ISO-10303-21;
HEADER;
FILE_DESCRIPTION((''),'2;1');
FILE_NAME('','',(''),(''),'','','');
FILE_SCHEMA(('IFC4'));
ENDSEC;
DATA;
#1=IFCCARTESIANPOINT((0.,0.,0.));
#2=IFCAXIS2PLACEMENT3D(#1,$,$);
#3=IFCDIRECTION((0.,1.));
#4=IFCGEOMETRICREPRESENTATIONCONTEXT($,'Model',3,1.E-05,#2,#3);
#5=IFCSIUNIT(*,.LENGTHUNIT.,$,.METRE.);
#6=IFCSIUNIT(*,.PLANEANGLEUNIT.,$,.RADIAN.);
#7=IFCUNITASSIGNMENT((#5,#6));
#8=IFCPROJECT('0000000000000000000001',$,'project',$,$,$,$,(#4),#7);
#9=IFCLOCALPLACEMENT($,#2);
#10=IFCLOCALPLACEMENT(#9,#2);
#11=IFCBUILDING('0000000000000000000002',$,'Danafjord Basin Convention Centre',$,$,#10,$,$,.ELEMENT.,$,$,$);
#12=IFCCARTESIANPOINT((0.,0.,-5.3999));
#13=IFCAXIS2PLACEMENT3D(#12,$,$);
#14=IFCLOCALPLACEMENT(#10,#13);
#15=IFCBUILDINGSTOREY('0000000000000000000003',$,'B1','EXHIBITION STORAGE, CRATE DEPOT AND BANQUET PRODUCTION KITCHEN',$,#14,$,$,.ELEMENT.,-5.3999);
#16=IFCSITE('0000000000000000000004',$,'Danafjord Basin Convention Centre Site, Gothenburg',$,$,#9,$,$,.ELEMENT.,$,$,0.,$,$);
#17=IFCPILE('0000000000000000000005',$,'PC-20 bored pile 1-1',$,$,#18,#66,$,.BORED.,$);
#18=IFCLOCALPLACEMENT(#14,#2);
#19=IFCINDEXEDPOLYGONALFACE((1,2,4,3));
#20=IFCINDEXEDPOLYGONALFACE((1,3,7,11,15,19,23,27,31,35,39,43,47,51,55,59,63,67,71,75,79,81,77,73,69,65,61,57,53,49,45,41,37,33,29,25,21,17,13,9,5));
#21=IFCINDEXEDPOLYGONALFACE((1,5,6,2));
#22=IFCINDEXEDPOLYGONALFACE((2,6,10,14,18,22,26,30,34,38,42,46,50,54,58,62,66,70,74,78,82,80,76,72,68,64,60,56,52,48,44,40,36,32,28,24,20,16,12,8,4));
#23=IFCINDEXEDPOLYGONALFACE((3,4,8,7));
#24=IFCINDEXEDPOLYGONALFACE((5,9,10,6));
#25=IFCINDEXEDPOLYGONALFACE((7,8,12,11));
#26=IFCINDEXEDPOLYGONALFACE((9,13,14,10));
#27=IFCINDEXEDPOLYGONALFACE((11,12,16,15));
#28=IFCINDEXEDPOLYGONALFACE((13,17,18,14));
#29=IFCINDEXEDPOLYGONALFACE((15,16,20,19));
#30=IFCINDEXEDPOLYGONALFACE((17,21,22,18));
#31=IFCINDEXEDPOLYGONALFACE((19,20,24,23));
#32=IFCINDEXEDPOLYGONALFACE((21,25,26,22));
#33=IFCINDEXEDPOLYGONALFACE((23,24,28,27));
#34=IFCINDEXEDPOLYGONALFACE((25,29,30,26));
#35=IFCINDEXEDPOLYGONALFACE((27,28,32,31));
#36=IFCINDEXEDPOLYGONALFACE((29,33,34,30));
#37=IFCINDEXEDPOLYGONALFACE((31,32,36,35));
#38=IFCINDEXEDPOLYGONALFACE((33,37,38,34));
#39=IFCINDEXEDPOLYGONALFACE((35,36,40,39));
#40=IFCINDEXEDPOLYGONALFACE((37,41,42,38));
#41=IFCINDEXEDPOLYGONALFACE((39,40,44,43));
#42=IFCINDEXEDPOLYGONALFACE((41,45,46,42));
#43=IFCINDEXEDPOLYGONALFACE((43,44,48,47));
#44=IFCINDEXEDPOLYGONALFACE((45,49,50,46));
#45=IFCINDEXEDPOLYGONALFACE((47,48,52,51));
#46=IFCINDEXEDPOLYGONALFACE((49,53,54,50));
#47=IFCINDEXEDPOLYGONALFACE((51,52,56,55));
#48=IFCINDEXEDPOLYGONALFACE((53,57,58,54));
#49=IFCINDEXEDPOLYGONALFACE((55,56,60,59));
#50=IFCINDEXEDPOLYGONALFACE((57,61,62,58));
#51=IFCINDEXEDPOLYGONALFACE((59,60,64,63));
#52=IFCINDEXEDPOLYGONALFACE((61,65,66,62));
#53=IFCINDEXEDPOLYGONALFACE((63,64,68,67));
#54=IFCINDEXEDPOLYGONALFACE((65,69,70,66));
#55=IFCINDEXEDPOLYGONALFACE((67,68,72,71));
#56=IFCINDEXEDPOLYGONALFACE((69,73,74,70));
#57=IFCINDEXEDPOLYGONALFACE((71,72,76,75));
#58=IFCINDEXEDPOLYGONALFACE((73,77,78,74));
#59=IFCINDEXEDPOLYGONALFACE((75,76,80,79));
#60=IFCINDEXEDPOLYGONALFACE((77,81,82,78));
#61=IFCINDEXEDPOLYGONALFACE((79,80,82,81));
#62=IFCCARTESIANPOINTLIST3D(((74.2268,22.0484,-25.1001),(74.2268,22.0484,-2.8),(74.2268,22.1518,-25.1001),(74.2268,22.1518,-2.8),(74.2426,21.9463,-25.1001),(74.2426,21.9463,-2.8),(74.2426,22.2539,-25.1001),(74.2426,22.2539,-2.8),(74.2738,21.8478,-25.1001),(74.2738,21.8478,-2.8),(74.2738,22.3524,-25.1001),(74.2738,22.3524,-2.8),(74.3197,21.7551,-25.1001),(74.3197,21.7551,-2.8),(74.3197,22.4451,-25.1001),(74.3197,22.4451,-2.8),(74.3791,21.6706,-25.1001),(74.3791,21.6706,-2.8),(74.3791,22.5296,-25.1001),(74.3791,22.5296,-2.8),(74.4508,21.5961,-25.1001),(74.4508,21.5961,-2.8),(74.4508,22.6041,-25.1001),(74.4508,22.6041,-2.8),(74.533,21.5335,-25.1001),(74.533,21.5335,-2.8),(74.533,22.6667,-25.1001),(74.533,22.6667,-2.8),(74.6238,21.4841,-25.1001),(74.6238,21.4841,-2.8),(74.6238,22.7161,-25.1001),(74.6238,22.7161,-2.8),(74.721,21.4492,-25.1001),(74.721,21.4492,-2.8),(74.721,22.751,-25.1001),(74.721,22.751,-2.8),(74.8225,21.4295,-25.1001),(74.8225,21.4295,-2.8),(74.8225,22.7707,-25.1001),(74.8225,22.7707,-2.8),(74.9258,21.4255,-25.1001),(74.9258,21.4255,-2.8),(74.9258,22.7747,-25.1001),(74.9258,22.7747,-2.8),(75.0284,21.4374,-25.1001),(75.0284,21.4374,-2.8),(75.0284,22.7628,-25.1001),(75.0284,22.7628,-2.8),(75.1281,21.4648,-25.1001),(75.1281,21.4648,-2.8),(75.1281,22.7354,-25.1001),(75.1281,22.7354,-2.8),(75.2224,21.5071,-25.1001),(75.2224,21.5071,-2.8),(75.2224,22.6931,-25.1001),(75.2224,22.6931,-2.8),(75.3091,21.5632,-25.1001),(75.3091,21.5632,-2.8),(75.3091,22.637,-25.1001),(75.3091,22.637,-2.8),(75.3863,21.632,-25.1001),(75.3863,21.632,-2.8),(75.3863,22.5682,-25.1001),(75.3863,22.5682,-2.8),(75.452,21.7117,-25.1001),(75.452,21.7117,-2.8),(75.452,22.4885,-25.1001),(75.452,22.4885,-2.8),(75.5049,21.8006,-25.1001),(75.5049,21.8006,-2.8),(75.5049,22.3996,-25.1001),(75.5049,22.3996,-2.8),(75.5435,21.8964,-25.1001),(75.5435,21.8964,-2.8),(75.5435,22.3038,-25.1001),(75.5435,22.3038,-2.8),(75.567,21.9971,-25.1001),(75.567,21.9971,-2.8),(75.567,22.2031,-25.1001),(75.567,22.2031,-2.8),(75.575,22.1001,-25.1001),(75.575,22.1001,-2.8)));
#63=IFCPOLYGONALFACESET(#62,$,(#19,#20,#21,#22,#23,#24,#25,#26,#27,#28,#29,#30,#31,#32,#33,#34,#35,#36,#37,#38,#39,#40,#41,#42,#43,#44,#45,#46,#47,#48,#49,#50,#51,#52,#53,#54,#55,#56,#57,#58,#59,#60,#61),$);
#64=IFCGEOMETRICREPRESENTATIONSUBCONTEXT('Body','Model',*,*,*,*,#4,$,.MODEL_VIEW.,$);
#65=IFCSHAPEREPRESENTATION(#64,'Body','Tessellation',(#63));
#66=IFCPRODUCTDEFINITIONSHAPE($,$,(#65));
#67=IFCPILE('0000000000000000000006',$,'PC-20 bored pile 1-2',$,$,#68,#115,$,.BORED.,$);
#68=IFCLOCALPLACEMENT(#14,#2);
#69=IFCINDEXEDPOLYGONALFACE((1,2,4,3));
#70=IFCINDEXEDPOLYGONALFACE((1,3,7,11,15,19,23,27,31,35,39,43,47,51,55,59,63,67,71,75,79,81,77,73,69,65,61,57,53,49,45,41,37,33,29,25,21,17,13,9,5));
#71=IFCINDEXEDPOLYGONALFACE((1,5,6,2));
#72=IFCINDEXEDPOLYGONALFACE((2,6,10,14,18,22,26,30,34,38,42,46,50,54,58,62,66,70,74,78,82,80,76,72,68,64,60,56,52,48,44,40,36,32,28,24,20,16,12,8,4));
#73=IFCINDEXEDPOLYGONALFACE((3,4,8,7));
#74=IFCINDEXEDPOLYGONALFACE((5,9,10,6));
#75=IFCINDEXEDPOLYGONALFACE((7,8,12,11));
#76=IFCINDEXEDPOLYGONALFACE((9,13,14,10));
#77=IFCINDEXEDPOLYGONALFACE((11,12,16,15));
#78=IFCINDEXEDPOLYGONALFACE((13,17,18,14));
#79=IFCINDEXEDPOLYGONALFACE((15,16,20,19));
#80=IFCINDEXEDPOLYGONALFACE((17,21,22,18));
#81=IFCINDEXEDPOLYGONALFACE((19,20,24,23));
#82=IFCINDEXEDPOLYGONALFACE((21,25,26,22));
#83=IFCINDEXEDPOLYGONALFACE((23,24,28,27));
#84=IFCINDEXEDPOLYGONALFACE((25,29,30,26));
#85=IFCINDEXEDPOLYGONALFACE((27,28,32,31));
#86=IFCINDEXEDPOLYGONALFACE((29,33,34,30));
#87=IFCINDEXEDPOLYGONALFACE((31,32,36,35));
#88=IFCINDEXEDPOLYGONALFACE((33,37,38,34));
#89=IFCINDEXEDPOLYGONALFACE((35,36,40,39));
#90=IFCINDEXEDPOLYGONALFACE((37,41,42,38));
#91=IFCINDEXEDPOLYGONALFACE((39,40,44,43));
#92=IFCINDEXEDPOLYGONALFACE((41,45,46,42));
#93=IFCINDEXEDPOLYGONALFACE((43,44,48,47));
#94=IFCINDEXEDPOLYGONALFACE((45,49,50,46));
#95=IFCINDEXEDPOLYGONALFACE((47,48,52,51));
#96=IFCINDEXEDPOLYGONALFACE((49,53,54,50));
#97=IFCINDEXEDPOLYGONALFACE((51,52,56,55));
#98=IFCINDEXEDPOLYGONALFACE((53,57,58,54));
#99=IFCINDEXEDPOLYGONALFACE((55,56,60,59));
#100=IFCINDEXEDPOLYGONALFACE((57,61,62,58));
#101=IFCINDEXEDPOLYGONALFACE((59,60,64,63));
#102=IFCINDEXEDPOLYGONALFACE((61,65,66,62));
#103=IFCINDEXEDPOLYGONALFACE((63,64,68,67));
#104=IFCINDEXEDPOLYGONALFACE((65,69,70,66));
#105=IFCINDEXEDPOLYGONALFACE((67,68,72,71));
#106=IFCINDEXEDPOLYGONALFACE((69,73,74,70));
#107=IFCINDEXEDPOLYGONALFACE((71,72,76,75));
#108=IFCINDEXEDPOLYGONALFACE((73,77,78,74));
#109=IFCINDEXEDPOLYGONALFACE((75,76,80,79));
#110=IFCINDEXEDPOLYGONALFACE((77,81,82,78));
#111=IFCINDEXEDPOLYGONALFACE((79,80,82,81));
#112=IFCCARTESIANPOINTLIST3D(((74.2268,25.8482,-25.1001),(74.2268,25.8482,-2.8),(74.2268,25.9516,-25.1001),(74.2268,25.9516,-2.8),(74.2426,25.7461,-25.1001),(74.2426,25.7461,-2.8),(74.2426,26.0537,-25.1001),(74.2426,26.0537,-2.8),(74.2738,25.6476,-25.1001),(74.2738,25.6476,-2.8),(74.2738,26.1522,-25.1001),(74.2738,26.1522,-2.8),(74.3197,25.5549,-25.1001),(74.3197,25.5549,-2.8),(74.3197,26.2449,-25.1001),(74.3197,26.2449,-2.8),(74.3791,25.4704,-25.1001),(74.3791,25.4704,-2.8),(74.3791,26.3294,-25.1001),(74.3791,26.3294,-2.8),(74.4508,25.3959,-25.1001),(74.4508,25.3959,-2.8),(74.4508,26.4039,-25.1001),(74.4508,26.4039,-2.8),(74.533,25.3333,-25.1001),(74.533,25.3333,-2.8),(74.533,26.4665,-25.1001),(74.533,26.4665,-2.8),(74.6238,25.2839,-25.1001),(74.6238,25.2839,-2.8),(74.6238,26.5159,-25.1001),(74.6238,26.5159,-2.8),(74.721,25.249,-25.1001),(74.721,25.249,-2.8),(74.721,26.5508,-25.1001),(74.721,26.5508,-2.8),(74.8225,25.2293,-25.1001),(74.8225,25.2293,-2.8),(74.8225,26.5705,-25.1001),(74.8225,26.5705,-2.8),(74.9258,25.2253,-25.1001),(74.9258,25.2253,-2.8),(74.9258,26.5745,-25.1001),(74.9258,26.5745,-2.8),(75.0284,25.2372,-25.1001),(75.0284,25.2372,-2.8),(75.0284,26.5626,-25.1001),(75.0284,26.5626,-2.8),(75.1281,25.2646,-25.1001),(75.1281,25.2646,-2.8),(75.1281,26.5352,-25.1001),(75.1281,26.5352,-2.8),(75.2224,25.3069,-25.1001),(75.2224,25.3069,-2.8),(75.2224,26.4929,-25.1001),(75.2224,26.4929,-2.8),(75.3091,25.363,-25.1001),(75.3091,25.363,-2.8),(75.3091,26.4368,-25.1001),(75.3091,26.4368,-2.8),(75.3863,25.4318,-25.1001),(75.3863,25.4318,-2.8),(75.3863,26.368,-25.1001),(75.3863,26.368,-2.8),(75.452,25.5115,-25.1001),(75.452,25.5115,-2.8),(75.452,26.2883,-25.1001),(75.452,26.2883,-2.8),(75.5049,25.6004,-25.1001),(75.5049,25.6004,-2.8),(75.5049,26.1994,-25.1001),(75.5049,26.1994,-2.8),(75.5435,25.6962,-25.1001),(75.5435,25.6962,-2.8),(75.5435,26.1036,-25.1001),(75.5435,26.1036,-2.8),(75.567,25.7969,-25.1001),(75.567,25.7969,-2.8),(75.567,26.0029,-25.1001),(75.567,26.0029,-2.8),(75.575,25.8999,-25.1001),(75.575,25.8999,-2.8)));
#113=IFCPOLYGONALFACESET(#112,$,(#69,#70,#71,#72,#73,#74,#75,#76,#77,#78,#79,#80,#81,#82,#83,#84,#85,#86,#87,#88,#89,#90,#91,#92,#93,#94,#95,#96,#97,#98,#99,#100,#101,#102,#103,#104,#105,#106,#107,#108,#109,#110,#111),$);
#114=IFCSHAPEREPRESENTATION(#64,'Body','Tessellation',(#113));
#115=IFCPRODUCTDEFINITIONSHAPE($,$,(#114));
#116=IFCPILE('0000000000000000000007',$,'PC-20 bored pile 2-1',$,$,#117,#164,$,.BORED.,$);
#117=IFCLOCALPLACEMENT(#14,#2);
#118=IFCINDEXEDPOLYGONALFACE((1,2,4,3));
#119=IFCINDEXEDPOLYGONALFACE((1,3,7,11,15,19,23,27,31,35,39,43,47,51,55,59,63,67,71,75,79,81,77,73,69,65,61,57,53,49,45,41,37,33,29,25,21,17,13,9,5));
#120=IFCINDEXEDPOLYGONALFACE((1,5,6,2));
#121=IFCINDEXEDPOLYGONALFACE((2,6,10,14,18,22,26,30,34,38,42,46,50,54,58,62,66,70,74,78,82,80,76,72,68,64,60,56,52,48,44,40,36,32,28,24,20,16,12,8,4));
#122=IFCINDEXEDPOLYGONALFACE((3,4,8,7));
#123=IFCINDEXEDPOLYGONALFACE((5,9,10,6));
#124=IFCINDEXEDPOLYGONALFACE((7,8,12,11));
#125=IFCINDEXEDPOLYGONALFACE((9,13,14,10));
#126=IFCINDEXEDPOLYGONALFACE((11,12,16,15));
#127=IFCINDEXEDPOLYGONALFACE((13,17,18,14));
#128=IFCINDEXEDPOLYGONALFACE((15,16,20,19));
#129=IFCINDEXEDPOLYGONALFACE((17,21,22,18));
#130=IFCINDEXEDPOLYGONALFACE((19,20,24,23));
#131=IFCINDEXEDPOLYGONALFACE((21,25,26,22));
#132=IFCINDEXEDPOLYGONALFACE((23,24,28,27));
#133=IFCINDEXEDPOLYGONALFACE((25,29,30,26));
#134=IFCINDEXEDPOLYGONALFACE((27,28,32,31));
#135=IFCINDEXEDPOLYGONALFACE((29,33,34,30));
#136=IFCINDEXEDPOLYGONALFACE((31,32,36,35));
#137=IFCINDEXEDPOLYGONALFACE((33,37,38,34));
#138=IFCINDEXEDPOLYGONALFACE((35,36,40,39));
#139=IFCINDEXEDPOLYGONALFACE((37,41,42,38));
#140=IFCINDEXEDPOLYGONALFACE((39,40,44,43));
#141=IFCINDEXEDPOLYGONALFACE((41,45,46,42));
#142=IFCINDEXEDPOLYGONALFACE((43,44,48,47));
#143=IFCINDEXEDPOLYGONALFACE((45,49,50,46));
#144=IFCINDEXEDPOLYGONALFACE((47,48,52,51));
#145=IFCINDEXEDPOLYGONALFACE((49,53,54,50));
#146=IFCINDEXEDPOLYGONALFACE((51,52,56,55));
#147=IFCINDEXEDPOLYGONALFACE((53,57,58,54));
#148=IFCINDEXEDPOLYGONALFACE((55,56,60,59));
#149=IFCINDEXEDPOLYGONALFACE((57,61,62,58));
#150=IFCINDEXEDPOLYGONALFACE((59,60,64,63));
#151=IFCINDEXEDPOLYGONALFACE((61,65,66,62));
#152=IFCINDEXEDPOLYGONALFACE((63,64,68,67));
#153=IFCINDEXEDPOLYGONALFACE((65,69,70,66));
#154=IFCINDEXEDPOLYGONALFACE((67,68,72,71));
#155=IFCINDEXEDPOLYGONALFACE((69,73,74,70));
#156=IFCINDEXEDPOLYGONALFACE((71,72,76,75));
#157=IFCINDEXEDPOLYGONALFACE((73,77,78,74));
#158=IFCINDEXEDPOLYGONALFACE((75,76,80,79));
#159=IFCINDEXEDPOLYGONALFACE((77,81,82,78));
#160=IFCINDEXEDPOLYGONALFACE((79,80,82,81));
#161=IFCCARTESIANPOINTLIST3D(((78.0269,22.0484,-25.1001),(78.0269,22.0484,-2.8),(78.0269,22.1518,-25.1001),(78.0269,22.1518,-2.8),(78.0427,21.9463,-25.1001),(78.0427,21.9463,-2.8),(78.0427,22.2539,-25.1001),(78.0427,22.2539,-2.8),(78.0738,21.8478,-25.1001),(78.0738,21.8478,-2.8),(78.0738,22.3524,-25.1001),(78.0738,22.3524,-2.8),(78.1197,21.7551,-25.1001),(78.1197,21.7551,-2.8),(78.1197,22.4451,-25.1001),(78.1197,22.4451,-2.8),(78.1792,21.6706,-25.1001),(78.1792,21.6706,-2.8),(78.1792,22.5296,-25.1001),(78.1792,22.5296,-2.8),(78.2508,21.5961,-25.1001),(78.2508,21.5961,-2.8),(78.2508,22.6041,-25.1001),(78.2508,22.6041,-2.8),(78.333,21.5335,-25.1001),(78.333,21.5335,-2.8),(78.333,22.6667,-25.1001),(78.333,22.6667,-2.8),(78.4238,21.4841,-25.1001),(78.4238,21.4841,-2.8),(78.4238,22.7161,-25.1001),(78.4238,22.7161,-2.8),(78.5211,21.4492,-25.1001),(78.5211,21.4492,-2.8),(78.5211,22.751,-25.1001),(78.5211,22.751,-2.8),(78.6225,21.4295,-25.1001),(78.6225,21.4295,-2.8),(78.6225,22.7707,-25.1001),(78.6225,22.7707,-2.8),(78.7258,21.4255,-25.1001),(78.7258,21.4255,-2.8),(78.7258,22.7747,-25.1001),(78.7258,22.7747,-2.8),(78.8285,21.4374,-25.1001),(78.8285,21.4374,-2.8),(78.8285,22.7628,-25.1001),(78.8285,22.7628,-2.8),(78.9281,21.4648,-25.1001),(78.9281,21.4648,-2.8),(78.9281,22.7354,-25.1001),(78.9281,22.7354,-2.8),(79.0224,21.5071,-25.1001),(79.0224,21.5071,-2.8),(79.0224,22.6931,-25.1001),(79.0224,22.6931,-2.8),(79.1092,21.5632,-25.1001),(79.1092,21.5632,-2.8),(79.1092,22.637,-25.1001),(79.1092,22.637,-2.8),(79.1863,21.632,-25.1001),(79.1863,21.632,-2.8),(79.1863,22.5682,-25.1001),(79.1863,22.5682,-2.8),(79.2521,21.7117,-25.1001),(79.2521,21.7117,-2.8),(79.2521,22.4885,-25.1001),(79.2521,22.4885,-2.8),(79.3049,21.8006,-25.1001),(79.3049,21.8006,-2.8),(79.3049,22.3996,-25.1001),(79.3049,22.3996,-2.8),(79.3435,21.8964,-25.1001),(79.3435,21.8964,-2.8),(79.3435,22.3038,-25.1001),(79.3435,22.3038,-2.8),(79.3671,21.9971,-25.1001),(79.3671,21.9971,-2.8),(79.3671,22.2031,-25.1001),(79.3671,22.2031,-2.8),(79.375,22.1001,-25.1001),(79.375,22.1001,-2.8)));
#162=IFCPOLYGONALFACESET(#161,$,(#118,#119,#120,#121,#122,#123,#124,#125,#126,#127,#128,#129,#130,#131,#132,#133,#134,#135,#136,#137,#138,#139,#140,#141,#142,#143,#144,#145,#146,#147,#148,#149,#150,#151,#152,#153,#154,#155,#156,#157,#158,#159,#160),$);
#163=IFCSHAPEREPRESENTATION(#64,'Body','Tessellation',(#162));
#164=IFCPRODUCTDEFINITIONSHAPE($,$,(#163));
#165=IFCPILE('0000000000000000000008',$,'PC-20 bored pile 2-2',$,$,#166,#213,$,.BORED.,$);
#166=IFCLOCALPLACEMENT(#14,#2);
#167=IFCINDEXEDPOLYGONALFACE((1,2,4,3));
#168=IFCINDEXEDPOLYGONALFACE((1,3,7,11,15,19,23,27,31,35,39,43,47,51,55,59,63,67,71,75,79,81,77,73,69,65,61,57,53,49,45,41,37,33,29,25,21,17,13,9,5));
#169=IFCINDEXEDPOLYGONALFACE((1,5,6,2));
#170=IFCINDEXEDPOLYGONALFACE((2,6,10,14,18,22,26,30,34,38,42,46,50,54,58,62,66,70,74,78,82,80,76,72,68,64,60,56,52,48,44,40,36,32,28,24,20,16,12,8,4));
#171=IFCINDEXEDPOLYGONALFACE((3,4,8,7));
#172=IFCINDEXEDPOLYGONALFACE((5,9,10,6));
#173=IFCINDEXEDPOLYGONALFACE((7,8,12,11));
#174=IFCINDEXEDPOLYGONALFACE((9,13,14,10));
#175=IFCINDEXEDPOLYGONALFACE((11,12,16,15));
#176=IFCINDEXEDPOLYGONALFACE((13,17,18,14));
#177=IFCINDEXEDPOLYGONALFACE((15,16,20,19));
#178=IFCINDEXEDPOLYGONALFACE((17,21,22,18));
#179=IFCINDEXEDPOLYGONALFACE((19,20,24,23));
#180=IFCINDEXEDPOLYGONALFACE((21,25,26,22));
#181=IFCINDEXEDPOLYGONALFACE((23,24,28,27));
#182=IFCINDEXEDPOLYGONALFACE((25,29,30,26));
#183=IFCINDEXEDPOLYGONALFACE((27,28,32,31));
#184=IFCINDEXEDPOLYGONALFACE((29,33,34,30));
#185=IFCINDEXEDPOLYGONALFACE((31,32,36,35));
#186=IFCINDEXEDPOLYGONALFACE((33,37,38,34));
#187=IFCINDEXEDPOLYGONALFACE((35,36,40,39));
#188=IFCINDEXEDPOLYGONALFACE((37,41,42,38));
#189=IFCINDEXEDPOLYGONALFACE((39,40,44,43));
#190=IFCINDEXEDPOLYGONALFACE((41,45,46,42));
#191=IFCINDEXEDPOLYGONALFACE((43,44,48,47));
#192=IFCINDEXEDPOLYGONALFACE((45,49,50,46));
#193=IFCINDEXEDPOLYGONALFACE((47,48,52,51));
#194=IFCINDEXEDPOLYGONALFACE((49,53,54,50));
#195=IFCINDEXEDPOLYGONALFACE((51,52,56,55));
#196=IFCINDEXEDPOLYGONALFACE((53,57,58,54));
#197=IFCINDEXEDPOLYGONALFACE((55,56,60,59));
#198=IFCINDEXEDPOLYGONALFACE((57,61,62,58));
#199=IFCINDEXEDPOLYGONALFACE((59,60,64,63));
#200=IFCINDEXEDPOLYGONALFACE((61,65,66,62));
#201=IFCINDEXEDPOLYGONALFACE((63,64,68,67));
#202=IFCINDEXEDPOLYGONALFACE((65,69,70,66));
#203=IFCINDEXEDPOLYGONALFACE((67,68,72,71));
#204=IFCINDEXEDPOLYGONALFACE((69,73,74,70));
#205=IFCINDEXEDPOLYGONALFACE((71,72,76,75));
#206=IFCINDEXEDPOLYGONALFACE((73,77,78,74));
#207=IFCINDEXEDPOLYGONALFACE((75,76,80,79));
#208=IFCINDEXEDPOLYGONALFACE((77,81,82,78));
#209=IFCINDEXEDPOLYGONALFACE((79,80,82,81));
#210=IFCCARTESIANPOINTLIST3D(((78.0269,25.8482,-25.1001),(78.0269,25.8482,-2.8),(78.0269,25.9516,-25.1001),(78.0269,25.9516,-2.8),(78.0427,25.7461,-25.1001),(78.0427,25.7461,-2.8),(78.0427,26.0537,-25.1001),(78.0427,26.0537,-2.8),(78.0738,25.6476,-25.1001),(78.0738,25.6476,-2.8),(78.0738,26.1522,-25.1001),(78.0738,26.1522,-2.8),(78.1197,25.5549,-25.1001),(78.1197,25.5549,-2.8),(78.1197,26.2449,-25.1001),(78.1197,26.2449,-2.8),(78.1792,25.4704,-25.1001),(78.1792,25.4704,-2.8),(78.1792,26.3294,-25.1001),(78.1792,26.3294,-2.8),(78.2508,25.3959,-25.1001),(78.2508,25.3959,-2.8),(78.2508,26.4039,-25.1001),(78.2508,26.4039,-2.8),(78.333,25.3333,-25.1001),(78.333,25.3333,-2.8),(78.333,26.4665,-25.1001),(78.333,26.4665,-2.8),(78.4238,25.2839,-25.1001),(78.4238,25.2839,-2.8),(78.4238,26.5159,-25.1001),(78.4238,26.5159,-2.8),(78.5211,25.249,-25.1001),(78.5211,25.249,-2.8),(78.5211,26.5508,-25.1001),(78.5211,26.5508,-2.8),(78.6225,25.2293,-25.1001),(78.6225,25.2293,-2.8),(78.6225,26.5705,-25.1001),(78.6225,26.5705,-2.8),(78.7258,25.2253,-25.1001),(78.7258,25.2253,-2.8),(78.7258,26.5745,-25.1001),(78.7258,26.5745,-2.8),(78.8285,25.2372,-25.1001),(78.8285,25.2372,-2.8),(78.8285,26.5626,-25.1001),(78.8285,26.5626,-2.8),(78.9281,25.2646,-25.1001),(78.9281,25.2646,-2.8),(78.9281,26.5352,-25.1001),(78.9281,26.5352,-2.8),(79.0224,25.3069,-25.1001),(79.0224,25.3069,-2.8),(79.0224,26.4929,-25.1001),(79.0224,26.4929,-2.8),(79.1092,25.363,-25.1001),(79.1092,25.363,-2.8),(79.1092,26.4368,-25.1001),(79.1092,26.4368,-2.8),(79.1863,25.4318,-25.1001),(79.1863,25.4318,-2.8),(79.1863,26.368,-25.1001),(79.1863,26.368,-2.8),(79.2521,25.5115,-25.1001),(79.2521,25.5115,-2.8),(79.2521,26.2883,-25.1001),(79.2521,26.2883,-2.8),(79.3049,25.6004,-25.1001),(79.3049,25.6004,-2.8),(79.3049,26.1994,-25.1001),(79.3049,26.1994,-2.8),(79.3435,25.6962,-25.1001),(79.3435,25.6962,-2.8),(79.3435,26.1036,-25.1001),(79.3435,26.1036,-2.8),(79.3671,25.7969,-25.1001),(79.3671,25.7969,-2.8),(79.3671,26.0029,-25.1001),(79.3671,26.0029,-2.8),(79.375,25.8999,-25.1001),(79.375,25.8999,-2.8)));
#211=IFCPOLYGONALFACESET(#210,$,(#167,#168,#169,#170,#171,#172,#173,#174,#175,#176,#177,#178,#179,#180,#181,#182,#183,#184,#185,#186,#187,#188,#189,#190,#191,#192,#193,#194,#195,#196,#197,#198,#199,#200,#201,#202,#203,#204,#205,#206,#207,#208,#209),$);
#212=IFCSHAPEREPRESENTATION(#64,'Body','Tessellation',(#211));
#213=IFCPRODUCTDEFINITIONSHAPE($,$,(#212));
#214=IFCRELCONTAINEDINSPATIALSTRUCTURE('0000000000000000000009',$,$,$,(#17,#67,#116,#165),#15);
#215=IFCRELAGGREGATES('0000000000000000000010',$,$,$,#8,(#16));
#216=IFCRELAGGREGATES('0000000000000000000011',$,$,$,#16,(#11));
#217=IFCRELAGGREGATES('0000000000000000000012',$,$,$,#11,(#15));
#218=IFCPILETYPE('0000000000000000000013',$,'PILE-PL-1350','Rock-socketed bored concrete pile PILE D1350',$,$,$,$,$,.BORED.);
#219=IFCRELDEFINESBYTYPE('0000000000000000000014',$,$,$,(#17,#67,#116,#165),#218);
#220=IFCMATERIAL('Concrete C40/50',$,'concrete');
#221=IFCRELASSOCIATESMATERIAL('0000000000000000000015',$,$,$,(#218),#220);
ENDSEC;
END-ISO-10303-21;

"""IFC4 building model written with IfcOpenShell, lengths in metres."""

from ifc_helpers import new_model, si_unit, direction, frame, origin, origin_2d, place, context, subcontext, project, spatial, circle, extrude, material, material_profile, profile_set, type_object, element, save


model = new_model("IFC4")

# Units and contexts
model_context = context("Model", 3, precision=1e-05, world=origin(), true_north=direction((0.0, 1.0)))
body_context = subcontext(model_context, "Body", "Model", "MODEL_VIEW")
ifc_project = project(units=[si_unit("LENGTHUNIT", "METRE"), si_unit("PLANEANGLEUNIT", "RADIAN")], contexts=[model_context])

# Site, building, storey
site_placement = place(None, origin())
site = spatial("IfcSite", under=ifc_project, at=site_placement, Name="Danafjord Basin Convention Centre Site, Gothenburg", CompositionType="ELEMENT", RefElevation=0.0)
building_placement = place(site_placement, origin())
building = spatial("IfcBuilding", under=site, at=building_placement, Name="Danafjord Basin Convention Centre", CompositionType="ELEMENT")
storey_placement = place(building_placement, frame((0.0, 0.0, -5.3999)))
storey = spatial("IfcBuildingStorey", under=building, at=storey_placement, Name="B1", Description="EXHIBITION STORAGE, CRATE DEPOT AND BANQUET PRODUCTION KITCHEN", CompositionType="ELEMENT", Elevation=-5.3999)

# Shared definitions
ifc_material_1 = material(Name="Concrete C40/50", Category="concrete")

# Piles
ifc_material_profile_1 = material_profile(ifc_material_1, circle(Radius=0.675, at=origin_2d()), Name="PILE D1350")
ifc_profile_set_1 = profile_set([ifc_material_profile_1], Name="Concrete C40/50")
pile_type_1 = type_object("IfcPileType", Name="PILE-PL-1350", Description="Rock-socketed bored concrete pile PILE D1350", PredefinedType="BORED", material=ifc_profile_set_1)
for number, where, z_axis, x_axis, name in (
    (1, (74.8999, 22.1001, -2.8), (0.0, 0.0, -1.0), (1.0, 0.0, 0.0), "PC-20 bored pile 1-1"),
    (2, (74.8999, 25.8999, -2.8), (0.0, 0.0, -1.0), (1.0, 0.0, 0.0), "PC-20 bored pile 1-2"),
    (3, (78.7, 22.1001, -2.8), (0.0, 0.0, -1.0), (1.0, 0.0, 0.0), "PC-20 bored pile 2-1"),
    (4, (78.7, 25.8999, -2.8), (0.0, 0.0, -1.0), (1.0, 0.0, 0.0), "PC-20 bored pile 2-2"),
):
    element("IfcPile", number, at=place(storey_placement, frame(where, z_axis=z_axis, x_axis=x_axis)), inside=storey, type_object=pile_type_1, Name=name, PredefinedType="BORED", context=body_context, shape_type="SweptSolid", body=[
        extrude(circle(Radius=0.675, at=origin_2d()), origin(), (0.0, 0.0, 1.0), 22.3),
    ])

save(model, "model.ifc")
